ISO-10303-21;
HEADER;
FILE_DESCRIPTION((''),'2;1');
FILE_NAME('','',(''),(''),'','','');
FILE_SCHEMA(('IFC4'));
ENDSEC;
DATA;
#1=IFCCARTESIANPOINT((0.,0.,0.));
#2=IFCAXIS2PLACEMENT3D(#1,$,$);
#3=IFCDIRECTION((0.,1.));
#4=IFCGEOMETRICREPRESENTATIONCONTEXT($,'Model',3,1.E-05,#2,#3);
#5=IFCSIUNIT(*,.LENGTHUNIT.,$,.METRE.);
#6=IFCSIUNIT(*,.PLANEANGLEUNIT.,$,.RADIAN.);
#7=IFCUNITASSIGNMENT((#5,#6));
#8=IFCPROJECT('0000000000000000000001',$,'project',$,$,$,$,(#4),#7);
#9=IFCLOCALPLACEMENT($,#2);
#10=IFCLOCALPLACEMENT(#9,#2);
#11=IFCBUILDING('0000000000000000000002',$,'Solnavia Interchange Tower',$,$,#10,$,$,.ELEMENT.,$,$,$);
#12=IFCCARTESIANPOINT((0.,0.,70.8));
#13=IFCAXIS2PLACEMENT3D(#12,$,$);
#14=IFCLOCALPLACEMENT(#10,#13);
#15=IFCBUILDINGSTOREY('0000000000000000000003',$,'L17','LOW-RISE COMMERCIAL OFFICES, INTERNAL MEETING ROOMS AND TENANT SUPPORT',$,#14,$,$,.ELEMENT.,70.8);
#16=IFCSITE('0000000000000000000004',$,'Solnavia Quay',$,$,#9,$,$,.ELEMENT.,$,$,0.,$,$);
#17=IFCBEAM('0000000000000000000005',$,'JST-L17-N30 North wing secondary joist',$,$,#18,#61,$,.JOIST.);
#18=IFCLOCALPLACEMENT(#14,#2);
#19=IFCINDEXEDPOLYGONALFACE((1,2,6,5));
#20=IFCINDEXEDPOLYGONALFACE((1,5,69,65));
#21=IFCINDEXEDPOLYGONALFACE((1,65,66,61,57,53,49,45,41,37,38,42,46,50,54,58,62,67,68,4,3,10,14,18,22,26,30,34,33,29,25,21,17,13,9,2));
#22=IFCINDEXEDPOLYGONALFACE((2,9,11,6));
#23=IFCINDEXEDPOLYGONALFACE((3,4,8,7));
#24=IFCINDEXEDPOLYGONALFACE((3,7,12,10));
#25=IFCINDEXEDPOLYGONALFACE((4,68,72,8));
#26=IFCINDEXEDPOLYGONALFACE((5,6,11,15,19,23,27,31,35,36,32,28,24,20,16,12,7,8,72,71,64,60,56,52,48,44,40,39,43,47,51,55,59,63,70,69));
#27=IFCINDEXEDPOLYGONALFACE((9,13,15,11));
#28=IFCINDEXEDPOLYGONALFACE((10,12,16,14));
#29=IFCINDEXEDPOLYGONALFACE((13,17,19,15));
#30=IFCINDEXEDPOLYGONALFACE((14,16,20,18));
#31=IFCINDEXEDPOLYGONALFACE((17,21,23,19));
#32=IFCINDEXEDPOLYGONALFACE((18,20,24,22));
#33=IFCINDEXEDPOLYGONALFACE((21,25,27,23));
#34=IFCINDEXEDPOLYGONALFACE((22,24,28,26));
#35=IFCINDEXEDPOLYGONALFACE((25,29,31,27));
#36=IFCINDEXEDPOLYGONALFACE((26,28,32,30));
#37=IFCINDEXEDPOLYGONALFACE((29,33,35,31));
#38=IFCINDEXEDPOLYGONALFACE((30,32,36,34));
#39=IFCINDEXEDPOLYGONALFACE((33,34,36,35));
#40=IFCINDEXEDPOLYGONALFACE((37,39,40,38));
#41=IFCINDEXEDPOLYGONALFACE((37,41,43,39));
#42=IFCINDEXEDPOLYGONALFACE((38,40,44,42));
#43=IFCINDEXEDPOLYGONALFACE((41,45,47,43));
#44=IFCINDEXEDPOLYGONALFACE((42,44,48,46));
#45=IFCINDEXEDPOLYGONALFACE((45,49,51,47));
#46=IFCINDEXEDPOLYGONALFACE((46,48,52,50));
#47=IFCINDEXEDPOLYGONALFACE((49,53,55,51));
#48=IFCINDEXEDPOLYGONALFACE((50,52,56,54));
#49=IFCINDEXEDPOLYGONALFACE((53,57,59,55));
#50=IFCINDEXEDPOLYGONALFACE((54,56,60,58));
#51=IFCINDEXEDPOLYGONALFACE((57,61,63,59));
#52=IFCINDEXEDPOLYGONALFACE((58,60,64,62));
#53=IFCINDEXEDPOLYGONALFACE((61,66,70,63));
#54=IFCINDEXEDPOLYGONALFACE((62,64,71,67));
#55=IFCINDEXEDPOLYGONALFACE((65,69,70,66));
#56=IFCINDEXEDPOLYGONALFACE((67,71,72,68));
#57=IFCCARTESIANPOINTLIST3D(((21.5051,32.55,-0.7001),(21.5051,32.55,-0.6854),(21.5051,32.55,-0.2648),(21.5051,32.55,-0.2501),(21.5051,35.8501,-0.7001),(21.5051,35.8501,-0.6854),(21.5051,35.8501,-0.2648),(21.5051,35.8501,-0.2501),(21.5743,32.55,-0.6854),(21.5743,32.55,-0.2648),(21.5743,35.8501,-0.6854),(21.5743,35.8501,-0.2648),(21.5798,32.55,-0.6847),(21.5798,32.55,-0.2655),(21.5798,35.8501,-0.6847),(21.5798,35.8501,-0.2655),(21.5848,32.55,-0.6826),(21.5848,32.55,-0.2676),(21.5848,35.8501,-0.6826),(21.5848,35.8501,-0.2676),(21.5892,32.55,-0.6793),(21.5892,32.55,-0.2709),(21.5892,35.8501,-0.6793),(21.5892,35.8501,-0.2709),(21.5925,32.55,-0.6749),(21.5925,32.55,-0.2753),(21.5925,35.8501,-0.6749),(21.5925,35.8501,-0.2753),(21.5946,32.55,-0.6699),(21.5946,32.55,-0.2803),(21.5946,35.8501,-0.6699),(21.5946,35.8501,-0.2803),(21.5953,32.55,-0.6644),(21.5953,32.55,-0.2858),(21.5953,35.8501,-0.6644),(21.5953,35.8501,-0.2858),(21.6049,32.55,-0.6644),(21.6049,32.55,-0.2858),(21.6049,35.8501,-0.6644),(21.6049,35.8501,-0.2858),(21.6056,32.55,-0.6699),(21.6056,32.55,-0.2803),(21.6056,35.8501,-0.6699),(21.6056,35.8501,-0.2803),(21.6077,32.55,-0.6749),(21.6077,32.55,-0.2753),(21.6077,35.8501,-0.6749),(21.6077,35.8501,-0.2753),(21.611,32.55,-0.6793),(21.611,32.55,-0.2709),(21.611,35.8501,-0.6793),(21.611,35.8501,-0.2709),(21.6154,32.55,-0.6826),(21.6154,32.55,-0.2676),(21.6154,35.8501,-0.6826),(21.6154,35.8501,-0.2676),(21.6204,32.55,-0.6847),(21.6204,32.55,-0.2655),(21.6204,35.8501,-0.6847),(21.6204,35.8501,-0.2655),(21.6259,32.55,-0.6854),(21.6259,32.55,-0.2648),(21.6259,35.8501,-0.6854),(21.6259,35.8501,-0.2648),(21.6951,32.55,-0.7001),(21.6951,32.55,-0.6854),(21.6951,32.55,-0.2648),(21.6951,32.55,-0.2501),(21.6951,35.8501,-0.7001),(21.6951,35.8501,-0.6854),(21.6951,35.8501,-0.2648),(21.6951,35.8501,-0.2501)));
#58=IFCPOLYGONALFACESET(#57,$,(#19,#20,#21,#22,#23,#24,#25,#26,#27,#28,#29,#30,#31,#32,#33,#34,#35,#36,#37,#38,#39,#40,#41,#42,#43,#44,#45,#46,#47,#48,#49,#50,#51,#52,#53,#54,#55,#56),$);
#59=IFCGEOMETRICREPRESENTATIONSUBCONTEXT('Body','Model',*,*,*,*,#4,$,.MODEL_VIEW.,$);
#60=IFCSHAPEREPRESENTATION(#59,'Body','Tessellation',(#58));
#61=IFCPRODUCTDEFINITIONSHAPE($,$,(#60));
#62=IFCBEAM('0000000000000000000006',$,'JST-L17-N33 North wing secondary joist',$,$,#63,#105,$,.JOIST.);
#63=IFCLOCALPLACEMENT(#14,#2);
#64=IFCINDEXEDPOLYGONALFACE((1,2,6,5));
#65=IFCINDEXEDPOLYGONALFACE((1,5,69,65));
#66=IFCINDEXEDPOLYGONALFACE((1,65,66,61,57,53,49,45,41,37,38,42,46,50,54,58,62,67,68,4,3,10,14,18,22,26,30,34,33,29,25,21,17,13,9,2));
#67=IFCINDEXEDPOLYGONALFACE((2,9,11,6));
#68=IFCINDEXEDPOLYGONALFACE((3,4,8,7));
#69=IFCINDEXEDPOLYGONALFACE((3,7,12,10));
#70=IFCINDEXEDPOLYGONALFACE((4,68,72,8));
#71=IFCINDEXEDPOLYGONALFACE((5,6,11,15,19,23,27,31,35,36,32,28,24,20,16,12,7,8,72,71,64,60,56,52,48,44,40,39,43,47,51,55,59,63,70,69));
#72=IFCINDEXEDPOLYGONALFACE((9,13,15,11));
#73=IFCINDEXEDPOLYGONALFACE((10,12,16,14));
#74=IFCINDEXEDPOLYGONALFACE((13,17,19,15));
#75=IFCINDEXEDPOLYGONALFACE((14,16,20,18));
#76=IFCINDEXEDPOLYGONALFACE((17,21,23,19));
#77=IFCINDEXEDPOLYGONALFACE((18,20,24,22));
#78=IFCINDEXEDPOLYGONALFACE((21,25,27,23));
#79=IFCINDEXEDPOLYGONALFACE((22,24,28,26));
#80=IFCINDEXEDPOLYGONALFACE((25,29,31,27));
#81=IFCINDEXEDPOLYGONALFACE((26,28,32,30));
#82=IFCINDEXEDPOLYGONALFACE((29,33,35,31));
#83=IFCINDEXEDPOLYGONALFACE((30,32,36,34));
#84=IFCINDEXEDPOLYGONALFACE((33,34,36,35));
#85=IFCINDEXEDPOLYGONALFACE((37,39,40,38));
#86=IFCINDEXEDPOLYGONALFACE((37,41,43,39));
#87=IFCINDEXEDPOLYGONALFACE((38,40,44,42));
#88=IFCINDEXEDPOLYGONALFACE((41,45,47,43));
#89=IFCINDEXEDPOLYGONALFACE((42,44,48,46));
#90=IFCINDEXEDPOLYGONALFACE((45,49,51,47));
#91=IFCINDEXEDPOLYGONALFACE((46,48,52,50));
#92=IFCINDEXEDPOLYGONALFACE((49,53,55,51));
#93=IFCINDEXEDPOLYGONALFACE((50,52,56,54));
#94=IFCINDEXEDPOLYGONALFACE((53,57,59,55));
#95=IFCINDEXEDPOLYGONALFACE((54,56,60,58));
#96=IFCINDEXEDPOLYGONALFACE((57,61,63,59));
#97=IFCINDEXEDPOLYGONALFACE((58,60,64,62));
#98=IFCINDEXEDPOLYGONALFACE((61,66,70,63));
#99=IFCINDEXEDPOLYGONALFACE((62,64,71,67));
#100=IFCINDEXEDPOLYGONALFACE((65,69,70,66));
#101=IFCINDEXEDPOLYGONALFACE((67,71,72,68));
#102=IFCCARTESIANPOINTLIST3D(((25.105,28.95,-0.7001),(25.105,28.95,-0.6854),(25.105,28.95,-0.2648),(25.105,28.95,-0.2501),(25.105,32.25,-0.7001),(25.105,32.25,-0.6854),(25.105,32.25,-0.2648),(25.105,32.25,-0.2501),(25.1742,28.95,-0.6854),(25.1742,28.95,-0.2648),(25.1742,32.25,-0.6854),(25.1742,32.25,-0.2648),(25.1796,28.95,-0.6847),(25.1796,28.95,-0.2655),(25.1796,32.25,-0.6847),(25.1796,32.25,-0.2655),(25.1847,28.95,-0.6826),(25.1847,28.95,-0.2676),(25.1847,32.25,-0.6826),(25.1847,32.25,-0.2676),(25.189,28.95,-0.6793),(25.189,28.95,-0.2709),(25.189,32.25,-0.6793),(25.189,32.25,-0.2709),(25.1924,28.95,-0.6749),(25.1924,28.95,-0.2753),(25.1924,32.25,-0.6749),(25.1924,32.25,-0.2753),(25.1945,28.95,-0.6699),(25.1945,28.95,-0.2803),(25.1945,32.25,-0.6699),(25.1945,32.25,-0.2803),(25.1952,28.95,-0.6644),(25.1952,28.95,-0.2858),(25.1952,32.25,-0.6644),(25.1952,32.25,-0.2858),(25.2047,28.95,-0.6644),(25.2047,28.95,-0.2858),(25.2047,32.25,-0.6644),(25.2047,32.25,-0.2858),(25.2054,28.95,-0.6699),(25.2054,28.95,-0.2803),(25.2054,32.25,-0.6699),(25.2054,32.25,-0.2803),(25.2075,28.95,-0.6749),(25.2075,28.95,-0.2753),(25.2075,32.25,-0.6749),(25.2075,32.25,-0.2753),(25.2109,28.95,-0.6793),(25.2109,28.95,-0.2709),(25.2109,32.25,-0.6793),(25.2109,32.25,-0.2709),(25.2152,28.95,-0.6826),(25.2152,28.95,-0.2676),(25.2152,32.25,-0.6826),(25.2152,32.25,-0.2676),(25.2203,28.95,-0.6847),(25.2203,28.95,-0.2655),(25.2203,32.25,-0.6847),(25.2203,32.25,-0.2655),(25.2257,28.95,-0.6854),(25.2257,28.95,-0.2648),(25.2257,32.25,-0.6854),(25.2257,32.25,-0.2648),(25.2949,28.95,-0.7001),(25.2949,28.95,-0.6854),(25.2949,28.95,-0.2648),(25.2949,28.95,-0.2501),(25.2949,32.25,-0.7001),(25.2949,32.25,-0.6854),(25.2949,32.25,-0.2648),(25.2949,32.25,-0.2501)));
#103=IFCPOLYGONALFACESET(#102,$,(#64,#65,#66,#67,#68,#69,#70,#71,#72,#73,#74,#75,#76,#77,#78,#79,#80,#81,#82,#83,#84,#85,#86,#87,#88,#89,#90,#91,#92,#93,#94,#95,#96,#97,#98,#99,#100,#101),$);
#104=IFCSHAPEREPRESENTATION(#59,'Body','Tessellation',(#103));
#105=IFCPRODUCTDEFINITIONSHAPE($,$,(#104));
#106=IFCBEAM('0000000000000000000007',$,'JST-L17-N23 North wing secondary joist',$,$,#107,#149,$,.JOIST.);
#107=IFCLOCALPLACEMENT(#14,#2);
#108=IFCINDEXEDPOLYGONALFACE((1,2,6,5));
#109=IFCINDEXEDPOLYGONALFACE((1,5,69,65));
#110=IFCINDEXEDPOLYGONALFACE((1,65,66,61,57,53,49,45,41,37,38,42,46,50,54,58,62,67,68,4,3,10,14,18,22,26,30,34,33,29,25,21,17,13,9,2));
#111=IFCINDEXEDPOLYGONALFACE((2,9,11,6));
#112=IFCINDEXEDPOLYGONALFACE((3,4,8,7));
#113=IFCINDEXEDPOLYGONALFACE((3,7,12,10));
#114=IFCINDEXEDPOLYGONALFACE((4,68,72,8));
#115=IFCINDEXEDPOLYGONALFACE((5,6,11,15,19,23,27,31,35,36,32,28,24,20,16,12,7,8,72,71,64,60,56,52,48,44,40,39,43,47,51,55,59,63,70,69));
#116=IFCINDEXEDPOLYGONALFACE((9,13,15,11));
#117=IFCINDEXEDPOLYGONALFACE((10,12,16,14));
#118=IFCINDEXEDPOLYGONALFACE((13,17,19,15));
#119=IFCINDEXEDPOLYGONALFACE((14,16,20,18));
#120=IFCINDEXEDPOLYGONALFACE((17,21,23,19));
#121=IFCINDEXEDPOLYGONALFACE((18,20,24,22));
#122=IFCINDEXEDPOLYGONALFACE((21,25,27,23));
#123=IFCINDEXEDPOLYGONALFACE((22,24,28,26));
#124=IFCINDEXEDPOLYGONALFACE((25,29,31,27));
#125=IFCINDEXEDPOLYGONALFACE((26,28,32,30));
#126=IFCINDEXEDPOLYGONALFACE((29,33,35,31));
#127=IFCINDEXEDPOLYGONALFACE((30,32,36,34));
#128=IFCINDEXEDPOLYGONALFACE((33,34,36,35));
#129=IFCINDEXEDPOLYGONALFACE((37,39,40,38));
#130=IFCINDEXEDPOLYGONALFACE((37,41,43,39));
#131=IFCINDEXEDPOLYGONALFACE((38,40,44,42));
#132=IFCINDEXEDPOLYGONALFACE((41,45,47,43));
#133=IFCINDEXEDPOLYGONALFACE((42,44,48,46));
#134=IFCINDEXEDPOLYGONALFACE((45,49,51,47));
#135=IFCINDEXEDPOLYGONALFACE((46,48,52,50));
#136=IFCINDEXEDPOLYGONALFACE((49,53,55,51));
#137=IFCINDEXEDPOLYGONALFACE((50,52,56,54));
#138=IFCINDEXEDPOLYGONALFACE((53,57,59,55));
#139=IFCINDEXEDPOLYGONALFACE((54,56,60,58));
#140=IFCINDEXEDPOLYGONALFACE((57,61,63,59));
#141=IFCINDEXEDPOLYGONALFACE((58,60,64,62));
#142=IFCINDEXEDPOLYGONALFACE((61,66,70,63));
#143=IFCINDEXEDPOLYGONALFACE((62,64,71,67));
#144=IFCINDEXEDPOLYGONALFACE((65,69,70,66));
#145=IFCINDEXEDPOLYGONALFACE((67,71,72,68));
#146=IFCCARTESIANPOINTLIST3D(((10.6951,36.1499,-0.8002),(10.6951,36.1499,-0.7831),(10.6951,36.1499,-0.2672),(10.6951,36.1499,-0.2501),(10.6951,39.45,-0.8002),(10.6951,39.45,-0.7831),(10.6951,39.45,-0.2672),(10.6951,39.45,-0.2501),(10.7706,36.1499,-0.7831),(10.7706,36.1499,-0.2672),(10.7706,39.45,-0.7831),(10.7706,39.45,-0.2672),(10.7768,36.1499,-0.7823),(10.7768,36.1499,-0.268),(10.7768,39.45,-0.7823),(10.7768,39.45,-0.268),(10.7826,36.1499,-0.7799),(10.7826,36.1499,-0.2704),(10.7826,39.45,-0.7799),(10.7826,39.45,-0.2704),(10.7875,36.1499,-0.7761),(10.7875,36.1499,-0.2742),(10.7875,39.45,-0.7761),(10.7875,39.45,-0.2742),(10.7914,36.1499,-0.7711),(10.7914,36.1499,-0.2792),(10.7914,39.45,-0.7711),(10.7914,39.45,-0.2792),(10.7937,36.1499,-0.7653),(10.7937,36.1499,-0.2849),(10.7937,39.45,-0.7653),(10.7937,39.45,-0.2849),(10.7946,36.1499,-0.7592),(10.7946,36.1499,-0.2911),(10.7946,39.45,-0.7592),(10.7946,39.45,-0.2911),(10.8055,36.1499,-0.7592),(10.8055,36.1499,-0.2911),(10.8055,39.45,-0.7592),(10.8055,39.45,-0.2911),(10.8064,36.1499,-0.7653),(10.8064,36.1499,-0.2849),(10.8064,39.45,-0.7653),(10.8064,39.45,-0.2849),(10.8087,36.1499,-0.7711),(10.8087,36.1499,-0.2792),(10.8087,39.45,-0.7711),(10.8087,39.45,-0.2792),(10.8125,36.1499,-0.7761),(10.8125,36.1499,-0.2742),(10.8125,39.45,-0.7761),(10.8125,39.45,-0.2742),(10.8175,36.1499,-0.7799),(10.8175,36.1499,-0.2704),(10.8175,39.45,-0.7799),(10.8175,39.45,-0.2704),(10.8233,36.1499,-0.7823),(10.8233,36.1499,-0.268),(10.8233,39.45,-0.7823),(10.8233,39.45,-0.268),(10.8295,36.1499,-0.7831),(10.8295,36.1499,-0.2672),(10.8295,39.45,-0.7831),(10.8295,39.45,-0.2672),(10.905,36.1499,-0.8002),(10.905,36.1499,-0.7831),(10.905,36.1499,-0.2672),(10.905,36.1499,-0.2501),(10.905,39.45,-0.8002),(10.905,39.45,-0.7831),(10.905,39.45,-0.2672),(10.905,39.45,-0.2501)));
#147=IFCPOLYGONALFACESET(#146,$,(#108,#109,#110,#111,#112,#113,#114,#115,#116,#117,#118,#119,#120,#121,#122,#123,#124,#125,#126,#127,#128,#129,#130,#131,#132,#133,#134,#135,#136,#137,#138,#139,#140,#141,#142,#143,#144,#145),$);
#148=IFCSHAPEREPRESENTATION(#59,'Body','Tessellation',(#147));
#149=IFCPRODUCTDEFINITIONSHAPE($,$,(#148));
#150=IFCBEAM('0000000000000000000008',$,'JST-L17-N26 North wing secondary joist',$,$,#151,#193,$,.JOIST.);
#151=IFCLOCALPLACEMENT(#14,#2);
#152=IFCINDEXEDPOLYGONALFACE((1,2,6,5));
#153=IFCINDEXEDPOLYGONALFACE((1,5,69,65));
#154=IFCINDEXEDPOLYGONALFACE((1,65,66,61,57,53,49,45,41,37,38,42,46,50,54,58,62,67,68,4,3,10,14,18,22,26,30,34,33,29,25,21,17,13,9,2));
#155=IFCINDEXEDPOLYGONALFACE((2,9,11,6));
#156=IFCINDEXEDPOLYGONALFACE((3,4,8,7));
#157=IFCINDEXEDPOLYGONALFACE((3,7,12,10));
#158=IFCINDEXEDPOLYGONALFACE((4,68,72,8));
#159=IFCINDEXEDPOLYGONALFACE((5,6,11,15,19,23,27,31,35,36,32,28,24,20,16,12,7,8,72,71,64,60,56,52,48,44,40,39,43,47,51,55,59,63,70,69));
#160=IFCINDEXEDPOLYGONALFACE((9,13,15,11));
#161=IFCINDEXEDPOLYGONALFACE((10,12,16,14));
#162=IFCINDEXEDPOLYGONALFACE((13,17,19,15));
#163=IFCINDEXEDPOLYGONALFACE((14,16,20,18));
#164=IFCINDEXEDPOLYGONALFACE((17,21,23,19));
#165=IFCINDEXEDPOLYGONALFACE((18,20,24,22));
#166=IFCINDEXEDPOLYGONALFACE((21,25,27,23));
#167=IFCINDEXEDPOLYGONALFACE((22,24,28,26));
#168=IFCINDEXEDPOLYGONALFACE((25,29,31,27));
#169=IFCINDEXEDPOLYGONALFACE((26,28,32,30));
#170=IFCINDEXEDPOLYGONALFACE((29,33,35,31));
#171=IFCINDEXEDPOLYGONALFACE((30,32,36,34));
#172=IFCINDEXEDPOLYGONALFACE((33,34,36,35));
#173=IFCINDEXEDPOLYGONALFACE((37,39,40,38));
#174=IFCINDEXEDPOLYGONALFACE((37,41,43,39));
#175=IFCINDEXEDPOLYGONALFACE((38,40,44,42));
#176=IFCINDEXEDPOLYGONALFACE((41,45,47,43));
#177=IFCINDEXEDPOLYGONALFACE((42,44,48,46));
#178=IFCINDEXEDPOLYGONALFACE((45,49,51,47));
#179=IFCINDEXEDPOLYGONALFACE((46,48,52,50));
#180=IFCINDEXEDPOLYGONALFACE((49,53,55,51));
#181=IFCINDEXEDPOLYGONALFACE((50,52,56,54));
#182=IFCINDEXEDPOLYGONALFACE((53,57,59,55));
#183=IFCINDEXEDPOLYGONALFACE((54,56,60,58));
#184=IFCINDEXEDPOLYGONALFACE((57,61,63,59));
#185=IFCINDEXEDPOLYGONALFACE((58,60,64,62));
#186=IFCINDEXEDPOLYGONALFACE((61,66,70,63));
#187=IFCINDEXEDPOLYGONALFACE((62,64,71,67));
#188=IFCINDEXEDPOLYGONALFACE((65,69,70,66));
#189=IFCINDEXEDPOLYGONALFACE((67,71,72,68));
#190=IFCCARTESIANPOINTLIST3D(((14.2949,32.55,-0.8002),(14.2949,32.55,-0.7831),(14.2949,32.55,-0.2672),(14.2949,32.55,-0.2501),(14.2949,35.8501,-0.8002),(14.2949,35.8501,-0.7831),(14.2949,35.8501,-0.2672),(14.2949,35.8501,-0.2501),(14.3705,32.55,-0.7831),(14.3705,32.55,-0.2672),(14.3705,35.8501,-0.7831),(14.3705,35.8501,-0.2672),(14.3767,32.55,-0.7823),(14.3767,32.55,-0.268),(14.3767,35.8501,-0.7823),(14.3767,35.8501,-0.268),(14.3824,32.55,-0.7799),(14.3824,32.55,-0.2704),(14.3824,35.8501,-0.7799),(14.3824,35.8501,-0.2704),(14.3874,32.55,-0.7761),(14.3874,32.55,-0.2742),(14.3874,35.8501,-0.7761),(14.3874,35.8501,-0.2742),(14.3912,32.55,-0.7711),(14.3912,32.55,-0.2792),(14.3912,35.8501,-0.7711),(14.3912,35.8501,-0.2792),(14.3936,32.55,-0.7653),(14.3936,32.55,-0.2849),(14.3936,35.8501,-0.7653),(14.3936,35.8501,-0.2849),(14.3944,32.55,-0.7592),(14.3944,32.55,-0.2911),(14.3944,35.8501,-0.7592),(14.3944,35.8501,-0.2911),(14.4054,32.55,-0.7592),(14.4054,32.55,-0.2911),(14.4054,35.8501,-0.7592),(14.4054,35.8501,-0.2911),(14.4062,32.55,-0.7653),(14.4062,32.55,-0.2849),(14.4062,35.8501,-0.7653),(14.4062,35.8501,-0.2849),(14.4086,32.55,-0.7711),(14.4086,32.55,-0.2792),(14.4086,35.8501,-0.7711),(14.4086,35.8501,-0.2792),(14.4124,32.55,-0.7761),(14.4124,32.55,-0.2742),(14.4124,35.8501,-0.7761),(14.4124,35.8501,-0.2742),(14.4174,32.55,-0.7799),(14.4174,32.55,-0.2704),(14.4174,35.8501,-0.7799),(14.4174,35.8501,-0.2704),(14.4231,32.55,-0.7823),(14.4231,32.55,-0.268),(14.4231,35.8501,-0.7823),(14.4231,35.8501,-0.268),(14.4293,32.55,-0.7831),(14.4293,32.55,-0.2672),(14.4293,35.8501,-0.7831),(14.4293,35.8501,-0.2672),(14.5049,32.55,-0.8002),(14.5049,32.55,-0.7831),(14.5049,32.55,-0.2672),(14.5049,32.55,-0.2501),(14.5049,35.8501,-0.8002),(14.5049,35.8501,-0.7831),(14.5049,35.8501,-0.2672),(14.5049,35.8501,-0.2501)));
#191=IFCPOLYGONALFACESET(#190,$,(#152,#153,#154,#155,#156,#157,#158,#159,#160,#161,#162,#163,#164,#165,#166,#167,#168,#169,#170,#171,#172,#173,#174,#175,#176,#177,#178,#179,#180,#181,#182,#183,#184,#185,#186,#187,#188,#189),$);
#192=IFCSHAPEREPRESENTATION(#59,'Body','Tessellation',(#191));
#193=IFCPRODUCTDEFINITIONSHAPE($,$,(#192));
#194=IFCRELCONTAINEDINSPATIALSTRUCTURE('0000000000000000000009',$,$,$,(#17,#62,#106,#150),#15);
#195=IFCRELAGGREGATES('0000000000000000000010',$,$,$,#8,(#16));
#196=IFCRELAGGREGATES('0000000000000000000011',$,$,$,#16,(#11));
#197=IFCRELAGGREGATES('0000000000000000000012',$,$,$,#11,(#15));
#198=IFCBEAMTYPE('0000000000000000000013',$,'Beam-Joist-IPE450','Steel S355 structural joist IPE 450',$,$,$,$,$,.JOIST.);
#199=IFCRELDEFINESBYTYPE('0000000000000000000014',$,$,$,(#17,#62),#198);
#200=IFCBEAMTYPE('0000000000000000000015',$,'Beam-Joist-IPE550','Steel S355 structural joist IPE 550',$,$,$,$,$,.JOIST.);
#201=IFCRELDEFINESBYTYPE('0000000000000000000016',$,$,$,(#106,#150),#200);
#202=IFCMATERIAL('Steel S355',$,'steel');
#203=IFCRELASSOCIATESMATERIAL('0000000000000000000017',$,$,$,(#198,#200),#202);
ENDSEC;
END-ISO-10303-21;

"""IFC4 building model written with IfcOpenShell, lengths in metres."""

from ifc_helpers import new_model, si_unit, direction, frame, origin, origin_2d, place, context, subcontext, project, spatial, i_section, extrude, material, material_profile, profile_set, type_object, element, save


model = new_model("IFC4")

# Units and contexts
model_context = context("Model", 3, precision=1e-05, world=origin(), true_north=direction((0.0, 1.0)))
body_context = subcontext(model_context, "Body", "Model", "MODEL_VIEW")
ifc_project = project(units=[si_unit("LENGTHUNIT", "METRE"), si_unit("PLANEANGLEUNIT", "RADIAN")], contexts=[model_context])

# Site, building, storey
site_placement = place(None, origin())
site = spatial("IfcSite", under=ifc_project, at=site_placement, Name="Solnavia Quay", CompositionType="ELEMENT", RefElevation=0.0)
building_placement = place(site_placement, origin())
building = spatial("IfcBuilding", under=site, at=building_placement, Name="Solnavia Interchange Tower", CompositionType="ELEMENT")
storey_placement = place(building_placement, frame((0.0, 0.0, 70.8)))
storey = spatial("IfcBuildingStorey", under=building, at=storey_placement, Name="L17", Description="LOW-RISE COMMERCIAL OFFICES, INTERNAL MEETING ROOMS AND TENANT SUPPORT", CompositionType="ELEMENT", Elevation=70.8)

# Shared definitions
ifc_material_1 = material(Name="Steel S355", Category="steel")

# Beams
ifc_material_profile_1 = material_profile(ifc_material_1, i_section(OverallWidth=0.1899, OverallDepth=0.45, WebThickness=0.0095, FlangeThickness=0.0146, FilletRadius=0.021, at=origin_2d()), Name="IPE 450")
ifc_profile_set_1 = profile_set([ifc_material_profile_1], Name="Steel S355")
beam_type_1 = type_object("IfcBeamType", Name="Beam-Joist-IPE450", Description="Steel S355 structural joist IPE 450", PredefinedType="JOIST", material=ifc_profile_set_1)
for number, where, z_axis, x_axis, name in (
    (1, (21.6001, 32.55, -0.4751), (0.0, 1.0, 0.0), (-1.0, 0.0, 0.0), "JST-L17-N30 North wing secondary joist"),
    (2, (25.2, 28.95, -0.4751), (0.0, 1.0, 0.0), (-1.0, 0.0, 0.0), "JST-L17-N33 North wing secondary joist"),
):
    element("IfcBeam", number, at=place(storey_placement, frame(where, z_axis=z_axis, x_axis=x_axis)), inside=storey, type_object=beam_type_1, Name=name, PredefinedType="JOIST", context=body_context, shape_type="SweptSolid", body=[
        extrude(i_section(OverallWidth=0.1899, OverallDepth=0.45, WebThickness=0.0095, FlangeThickness=0.0146, FilletRadius=0.021, at=origin_2d()), origin(), (0.0, 0.0, 1.0), 3.3),
    ])
ifc_material_profile_2 = material_profile(ifc_material_1, i_section(OverallWidth=0.21, OverallDepth=0.55, WebThickness=0.011, FlangeThickness=0.0171, FilletRadius=0.0239, at=origin_2d()), Name="IPE 550")
ifc_profile_set_2 = profile_set([ifc_material_profile_2], Name="Steel S355")
beam_type_2 = type_object("IfcBeamType", Name="Beam-Joist-IPE550", Description="Steel S355 structural joist IPE 550", PredefinedType="JOIST", material=ifc_profile_set_2)
for number, where, z_axis, x_axis, name in (
    (3, (10.8, 36.1499, -0.5251), (0.0, 1.0, 0.0), (-1.0, 0.0, 0.0), "JST-L17-N23 North wing secondary joist"),
    (4, (14.3999, 32.55, -0.5251), (0.0, 1.0, 0.0), (-1.0, 0.0, 0.0), "JST-L17-N26 North wing secondary joist"),
):
    element("IfcBeam", number, at=place(storey_placement, frame(where, z_axis=z_axis, x_axis=x_axis)), inside=storey, type_object=beam_type_2, Name=name, PredefinedType="JOIST", context=body_context, shape_type="SweptSolid", body=[
        extrude(i_section(OverallWidth=0.21, OverallDepth=0.55, WebThickness=0.011, FlangeThickness=0.0171, FilletRadius=0.0239, at=origin_2d()), origin(), (0.0, 0.0, 1.0), 3.3),
    ])

save(model, "model.ifc")
